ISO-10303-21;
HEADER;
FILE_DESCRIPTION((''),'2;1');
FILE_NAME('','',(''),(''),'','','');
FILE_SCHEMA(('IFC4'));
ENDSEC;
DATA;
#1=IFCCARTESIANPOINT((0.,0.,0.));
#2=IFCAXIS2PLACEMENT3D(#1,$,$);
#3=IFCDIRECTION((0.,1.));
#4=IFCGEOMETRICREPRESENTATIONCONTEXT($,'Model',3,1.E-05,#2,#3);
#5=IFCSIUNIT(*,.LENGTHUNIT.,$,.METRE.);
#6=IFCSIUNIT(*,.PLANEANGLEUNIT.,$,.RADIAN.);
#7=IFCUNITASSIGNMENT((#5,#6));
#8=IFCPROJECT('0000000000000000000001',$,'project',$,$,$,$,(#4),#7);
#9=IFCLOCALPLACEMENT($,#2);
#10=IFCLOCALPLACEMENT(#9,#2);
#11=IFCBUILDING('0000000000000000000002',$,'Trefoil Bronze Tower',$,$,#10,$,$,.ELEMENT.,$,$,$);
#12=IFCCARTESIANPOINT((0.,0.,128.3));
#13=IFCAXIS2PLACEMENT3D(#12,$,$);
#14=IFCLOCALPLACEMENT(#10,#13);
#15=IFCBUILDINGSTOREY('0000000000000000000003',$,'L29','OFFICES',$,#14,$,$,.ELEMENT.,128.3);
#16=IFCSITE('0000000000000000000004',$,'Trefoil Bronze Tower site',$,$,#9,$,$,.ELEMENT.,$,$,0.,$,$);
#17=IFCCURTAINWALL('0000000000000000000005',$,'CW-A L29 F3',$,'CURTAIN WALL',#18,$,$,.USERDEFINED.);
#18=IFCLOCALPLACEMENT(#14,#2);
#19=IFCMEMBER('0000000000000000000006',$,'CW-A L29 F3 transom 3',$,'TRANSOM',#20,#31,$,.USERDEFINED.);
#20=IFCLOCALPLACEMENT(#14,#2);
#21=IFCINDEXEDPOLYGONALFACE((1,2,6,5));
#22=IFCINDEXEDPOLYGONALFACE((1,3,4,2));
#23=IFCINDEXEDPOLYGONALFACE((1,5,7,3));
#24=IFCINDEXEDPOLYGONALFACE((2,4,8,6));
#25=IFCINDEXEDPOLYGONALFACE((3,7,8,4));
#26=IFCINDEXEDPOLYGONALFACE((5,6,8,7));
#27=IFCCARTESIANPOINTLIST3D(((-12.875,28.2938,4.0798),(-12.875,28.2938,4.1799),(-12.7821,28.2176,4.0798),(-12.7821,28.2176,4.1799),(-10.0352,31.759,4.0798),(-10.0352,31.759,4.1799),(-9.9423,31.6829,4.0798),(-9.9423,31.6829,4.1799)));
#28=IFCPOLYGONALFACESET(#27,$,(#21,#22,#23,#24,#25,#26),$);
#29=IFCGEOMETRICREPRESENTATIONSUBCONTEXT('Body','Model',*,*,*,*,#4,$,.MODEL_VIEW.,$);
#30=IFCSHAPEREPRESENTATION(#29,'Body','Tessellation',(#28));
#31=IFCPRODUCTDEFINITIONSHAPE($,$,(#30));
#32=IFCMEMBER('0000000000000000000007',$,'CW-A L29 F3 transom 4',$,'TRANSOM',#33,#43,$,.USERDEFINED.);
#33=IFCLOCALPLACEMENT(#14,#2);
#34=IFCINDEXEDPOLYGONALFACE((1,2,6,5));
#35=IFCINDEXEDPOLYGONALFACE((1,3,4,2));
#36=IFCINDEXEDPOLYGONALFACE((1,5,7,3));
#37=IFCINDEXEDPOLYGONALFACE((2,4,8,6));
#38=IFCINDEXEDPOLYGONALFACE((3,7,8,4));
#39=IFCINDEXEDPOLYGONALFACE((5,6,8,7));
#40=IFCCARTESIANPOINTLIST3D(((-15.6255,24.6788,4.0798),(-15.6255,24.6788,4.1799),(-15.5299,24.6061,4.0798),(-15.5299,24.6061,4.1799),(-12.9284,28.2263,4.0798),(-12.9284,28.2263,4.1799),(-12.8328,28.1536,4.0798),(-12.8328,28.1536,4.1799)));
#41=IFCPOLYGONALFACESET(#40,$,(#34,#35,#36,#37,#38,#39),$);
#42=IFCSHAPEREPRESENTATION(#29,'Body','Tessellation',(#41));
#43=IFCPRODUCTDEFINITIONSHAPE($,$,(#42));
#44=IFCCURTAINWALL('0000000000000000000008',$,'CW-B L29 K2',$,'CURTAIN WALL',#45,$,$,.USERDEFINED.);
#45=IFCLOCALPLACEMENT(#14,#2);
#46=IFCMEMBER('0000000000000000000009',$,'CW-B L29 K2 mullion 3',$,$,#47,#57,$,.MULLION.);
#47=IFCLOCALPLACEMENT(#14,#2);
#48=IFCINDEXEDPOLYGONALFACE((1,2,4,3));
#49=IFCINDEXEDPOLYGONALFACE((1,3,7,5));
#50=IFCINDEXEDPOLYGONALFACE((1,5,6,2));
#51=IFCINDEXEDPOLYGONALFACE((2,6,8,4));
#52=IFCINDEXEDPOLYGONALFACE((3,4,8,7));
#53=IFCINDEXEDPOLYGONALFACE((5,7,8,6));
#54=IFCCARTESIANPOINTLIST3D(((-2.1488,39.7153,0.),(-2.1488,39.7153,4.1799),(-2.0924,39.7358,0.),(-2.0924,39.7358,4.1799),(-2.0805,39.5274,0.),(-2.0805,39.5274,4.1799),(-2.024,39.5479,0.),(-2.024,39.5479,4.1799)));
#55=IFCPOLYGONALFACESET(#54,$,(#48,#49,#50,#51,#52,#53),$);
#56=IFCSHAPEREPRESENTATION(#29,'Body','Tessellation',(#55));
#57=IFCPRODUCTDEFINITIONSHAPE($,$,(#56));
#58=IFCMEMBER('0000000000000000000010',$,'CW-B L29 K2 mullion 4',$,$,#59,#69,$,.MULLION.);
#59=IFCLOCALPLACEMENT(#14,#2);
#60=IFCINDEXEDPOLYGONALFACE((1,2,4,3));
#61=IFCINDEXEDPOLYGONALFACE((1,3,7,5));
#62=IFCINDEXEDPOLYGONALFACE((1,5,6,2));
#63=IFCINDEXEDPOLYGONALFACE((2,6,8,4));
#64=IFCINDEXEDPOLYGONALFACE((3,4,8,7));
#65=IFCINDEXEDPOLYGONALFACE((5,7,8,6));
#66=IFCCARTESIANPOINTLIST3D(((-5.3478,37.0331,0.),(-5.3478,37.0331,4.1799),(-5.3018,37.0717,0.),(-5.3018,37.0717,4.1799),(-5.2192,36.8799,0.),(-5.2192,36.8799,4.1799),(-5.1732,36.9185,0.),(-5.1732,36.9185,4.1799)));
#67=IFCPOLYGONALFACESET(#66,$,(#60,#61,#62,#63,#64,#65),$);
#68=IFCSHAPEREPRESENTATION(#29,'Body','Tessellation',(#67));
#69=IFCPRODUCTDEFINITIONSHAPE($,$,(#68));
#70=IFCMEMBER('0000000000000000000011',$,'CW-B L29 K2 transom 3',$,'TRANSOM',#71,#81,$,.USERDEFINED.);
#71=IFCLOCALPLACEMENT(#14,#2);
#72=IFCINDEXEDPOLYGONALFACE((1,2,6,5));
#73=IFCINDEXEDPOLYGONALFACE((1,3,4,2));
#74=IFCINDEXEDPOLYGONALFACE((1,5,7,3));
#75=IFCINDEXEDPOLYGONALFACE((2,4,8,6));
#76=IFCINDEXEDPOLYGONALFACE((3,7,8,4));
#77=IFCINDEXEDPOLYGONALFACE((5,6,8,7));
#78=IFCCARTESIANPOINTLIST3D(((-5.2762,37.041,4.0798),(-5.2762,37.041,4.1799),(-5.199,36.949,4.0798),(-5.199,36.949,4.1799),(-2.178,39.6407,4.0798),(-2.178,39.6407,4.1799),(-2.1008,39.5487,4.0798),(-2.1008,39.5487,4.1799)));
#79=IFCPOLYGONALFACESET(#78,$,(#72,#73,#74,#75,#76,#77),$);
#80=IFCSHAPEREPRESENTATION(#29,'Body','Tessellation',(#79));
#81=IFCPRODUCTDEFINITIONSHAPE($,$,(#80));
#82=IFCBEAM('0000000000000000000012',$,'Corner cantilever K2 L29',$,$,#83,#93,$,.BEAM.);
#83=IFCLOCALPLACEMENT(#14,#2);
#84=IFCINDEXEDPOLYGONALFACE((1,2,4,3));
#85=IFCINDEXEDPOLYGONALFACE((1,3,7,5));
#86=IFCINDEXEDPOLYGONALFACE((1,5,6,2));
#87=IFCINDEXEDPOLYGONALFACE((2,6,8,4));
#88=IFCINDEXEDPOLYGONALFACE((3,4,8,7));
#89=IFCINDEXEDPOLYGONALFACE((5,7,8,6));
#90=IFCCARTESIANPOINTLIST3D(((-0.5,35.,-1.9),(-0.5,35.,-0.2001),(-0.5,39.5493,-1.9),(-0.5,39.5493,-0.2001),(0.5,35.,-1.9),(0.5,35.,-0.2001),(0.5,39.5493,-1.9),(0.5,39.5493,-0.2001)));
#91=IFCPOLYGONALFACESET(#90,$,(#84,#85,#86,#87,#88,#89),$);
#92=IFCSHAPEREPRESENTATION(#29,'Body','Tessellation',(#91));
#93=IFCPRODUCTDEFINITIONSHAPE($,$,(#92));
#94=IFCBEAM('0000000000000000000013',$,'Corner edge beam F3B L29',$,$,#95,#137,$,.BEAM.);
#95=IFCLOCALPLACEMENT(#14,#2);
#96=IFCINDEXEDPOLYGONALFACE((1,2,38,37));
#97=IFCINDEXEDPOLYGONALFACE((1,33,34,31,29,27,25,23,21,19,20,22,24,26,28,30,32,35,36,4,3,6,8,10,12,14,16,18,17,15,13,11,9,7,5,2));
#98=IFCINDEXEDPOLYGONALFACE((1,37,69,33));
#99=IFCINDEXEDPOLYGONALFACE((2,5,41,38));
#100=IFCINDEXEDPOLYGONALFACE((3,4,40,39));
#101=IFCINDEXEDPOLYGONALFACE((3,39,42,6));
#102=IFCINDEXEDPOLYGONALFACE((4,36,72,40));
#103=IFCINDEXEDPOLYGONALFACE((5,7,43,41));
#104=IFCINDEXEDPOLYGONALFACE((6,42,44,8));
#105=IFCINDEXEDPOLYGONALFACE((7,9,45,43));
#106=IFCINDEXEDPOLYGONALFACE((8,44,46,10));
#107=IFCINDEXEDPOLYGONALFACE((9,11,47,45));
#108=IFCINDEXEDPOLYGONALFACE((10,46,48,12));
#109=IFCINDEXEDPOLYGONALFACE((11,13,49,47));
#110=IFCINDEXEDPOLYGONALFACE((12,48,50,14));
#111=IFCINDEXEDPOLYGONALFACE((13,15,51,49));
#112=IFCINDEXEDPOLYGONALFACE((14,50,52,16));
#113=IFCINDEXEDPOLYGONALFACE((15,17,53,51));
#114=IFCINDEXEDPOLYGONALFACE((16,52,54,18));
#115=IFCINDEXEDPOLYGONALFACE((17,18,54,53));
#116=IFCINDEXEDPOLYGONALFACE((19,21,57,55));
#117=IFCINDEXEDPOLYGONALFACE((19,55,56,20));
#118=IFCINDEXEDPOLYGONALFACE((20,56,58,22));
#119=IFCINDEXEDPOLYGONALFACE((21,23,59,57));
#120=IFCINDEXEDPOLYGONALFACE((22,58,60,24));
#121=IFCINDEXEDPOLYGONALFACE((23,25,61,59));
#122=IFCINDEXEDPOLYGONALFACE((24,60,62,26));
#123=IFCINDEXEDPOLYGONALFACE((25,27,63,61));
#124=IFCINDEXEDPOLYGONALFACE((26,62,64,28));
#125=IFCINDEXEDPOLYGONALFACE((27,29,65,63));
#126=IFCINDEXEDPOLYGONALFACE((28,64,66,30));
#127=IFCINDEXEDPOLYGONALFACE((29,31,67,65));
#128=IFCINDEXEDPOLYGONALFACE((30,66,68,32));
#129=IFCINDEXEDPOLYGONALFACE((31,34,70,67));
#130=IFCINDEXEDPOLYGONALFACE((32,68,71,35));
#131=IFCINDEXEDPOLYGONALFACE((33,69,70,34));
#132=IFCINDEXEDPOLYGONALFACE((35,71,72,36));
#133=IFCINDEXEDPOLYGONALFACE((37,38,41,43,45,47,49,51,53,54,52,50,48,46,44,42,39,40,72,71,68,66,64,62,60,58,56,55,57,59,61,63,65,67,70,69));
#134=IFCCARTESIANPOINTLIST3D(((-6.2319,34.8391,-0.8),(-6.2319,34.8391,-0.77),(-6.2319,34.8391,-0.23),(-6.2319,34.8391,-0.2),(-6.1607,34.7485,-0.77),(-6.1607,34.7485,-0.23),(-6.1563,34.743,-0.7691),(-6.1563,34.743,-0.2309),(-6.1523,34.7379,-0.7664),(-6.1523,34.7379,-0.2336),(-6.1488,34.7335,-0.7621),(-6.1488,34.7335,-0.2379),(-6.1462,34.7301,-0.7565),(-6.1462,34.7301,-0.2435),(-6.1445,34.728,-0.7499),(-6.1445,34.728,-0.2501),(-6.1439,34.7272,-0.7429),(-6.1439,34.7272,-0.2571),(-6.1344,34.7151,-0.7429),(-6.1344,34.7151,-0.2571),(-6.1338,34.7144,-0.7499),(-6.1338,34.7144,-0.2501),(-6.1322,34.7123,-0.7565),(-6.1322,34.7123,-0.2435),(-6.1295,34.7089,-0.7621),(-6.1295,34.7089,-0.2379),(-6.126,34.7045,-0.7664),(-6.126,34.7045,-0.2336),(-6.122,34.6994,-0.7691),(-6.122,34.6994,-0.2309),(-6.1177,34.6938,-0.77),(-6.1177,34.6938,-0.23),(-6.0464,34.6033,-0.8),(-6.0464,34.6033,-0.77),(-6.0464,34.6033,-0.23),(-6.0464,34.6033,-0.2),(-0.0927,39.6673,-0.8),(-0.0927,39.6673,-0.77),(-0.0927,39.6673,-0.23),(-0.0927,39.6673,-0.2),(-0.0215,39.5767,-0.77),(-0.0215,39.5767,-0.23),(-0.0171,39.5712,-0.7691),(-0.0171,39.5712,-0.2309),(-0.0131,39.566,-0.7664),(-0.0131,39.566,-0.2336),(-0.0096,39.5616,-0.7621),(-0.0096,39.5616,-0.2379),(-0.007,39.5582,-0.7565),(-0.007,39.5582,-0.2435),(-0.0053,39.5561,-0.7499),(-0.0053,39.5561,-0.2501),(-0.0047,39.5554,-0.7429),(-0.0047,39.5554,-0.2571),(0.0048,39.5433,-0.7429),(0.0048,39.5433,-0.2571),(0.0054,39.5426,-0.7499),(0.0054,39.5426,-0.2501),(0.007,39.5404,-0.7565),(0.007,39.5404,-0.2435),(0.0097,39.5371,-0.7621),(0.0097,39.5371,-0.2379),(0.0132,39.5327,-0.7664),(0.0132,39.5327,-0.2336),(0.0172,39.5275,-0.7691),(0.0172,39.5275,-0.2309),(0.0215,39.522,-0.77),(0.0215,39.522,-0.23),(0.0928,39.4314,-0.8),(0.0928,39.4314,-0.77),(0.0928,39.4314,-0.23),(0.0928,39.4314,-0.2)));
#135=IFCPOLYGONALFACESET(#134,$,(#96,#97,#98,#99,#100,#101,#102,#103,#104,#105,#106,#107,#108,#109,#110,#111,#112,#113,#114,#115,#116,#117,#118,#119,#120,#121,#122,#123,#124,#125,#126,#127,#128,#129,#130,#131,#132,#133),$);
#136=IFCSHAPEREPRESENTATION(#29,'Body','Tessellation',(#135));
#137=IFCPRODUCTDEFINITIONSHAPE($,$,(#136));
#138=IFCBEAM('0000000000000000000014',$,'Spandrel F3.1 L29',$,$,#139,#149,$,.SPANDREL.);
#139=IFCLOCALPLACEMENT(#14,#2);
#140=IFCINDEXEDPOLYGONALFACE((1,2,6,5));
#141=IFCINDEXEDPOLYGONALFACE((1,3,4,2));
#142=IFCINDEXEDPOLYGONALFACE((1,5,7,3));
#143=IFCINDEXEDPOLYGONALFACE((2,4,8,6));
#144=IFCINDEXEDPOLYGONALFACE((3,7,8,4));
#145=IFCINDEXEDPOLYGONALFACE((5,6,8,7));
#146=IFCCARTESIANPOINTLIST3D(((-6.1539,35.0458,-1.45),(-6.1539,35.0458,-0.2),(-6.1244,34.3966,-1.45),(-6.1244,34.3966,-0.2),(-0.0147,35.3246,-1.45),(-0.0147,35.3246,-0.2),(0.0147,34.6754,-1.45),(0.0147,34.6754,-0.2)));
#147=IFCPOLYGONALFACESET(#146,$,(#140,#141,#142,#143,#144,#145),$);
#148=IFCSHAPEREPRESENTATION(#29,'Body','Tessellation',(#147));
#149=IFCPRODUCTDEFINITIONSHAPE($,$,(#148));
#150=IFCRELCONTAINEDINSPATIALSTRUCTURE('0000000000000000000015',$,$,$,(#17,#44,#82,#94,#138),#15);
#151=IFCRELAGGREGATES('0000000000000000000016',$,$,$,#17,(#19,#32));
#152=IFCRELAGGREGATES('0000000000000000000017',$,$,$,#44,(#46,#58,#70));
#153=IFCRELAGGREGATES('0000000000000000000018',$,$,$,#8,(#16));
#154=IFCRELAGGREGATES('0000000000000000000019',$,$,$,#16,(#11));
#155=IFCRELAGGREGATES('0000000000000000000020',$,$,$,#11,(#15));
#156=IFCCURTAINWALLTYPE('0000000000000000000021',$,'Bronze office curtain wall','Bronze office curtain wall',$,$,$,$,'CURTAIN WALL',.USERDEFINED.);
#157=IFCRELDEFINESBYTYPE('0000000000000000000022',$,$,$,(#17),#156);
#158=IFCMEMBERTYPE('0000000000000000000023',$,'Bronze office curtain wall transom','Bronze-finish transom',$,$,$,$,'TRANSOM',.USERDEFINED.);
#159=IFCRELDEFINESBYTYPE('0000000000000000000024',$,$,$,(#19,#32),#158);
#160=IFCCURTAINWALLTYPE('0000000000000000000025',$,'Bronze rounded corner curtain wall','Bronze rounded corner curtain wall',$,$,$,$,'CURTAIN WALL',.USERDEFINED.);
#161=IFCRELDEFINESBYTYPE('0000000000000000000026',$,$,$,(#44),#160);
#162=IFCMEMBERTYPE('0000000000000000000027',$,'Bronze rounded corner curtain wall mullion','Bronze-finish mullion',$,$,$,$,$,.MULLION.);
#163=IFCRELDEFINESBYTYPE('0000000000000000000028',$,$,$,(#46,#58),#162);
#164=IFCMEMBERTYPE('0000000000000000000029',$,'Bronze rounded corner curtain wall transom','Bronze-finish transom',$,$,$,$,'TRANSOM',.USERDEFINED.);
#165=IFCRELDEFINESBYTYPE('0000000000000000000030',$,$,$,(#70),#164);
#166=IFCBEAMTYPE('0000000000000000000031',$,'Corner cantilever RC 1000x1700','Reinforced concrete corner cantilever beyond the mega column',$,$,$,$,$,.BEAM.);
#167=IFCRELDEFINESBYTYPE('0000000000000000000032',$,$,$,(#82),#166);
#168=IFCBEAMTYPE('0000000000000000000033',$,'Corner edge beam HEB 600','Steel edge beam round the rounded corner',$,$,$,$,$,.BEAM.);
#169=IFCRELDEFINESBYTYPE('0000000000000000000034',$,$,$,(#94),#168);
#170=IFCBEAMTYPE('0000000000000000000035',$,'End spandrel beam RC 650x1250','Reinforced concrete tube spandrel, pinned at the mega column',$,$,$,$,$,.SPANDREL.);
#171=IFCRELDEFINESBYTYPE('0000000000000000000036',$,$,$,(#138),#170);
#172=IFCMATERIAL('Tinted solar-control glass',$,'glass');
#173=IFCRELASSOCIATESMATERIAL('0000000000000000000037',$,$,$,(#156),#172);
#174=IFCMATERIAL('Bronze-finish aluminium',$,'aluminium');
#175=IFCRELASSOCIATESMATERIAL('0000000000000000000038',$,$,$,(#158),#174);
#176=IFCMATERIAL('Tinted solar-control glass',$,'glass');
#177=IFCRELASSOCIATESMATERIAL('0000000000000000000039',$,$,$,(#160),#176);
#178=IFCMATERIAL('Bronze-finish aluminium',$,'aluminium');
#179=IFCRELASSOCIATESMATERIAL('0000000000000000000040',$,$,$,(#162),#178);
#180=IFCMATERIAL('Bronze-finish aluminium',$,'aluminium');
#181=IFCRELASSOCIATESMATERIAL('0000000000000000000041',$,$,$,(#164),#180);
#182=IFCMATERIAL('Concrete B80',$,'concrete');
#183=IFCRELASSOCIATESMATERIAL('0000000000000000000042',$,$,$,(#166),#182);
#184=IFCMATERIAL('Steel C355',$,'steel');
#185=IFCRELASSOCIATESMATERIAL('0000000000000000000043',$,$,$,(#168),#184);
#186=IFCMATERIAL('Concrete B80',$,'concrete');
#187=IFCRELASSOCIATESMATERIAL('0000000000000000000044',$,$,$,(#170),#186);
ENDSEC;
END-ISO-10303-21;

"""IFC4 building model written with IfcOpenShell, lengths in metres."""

from ifc_helpers import new_model, si_unit, direction, frame, origin, origin_2d, place, context, subcontext, project, spatial, rectangle, i_section, extrude, material, material_profile, profile_set, type_object, element, aggregate, save


model = new_model("IFC4")

# Units and contexts
model_context = context("Model", 3, precision=1e-05, world=origin(), true_north=direction((0.0, 1.0)))
body_context = subcontext(model_context, "Body", "Model", "MODEL_VIEW")
ifc_project = project(units=[si_unit("LENGTHUNIT", "METRE"), si_unit("PLANEANGLEUNIT", "RADIAN")], contexts=[model_context])

# Site, building, storey
site_placement = place(None, origin())
site = spatial("IfcSite", under=ifc_project, at=site_placement, Name="Trefoil Bronze Tower site", CompositionType="ELEMENT", RefElevation=0.0)
building_placement = place(site_placement, origin())
building = spatial("IfcBuilding", under=site, at=building_placement, Name="Trefoil Bronze Tower", CompositionType="ELEMENT")
storey_placement = place(building_placement, frame((0.0, 0.0, 128.3)))
storey = spatial("IfcBuildingStorey", under=building, at=storey_placement, Name="L29", Description="OFFICES", CompositionType="ELEMENT", Elevation=128.3)

# Curtain walls, members
ifc_material_1 = material(Name="Tinted solar-control glass", Category="glass")
curtain_wall_type_1 = type_object("IfcCurtainWallType", Name="Bronze office curtain wall", Description="Bronze office curtain wall", ElementType="CURTAIN WALL", PredefinedType="USERDEFINED", material=ifc_material_1)
curtain_wall_1_placement = place(storey_placement, origin())
curtain_wall_1 = element("IfcCurtainWall", 1, at=curtain_wall_1_placement, inside=storey, type_object=curtain_wall_type_1, Name="CW-A L29 F3", ObjectType="CURTAIN WALL", PredefinedType="USERDEFINED")
ifc_material_2 = material(Name="Bronze-finish aluminium", Category="aluminium")
ifc_material_profile_1 = material_profile(ifc_material_2, rectangle(XDim=0.1201, YDim=0.1001, at=origin_2d()), Name="CW-A transom")
ifc_profile_set_1 = profile_set([ifc_material_profile_1], Name="Bronze-finish aluminium")
member_type_1 = type_object("IfcMemberType", Name="Bronze office curtain wall transom", Description="Bronze-finish transom", ElementType="TRANSOM", PredefinedType="USERDEFINED", material=ifc_profile_set_1)
member_1_placement = place(storey_placement, frame((-9.9888, 31.7209, 4.1299), z_axis=(-0.633849, -0.773457, 0.0), x_axis=(0.773457, -0.633849, 0.0)))
member_1 = element("IfcMember", 2, at=member_1_placement, type_object=member_type_1, Name="CW-A L29 F3 transom 3", ObjectType="TRANSOM", PredefinedType="USERDEFINED", context=body_context, shape_type="SweptSolid", body=[
    extrude(rectangle(XDim=0.1201, YDim=0.1001, at=origin_2d()), origin(), (0.0, 0.0, 1.0), 4.4802),
])
member_2_placement = place(storey_placement, frame((-12.8806, 28.1899, 4.1299), z_axis=(-0.605229, -0.796051, 0.0), x_axis=(0.796051, -0.605229, 0.0)))
member_2 = element("IfcMember", 3, at=member_2_placement, type_object=member_type_1, Name="CW-A L29 F3 transom 4", ObjectType="TRANSOM", PredefinedType="USERDEFINED", context=body_context, shape_type="SweptSolid", body=[
    extrude(rectangle(XDim=0.1201, YDim=0.1001, at=origin_2d()), origin(), (0.0, 0.0, 1.0), 4.4563),
])
ifc_material_3 = material(Name="Tinted solar-control glass", Category="glass")
curtain_wall_type_2 = type_object("IfcCurtainWallType", Name="Bronze rounded corner curtain wall", Description="Bronze rounded corner curtain wall", ElementType="CURTAIN WALL", PredefinedType="USERDEFINED", material=ifc_material_3)
curtain_wall_2_placement = place(storey_placement, origin())
curtain_wall_2 = element("IfcCurtainWall", 4, at=curtain_wall_2_placement, inside=storey, type_object=curtain_wall_type_2, Name="CW-B L29 K2", ObjectType="CURTAIN WALL", PredefinedType="USERDEFINED")
ifc_material_4 = material(Name="Bronze-finish aluminium", Category="aluminium")
ifc_material_profile_2 = material_profile(ifc_material_4, rectangle(XDim=0.2, YDim=0.0601, at=origin_2d()), Name="CW-B mullion")
ifc_profile_set_2 = profile_set([ifc_material_profile_2], Name="Bronze-finish aluminium")
member_type_2 = type_object("IfcMemberType", Name="Bronze rounded corner curtain wall mullion", Description="Bronze-finish mullion", PredefinedType="MULLION", material=ifc_profile_set_2)
member_3_placement = place(storey_placement, frame((-2.0864, 39.6316, 0.0), z_axis=(0.0, 0.0, 1.0), x_axis=(0.34202, -0.939693, 0.0)))
member_3 = element("IfcMember", 5, at=member_3_placement, type_object=member_type_2, Name="CW-B L29 K2 mullion 3", PredefinedType="MULLION", context=body_context, shape_type="SweptSolid", body=[
    extrude(rectangle(XDim=0.2, YDim=0.0601, at=origin_2d()), origin(), (0.0, 0.0, 1.0), 4.1799),
])
member_4_placement = place(storey_placement, frame((-5.2605, 36.9758, 0.0), z_axis=(0.0, 0.0, 1.0), x_axis=(0.642788, -0.766044, 0.0)))
member_4 = element("IfcMember", 6, at=member_4_placement, type_object=member_type_2, Name="CW-B L29 K2 mullion 4", PredefinedType="MULLION", context=body_context, shape_type="SweptSolid", body=[
    extrude(rectangle(XDim=0.2, YDim=0.0601, at=origin_2d()), origin(), (0.0, 0.0, 1.0), 4.1799),
])
ifc_material_5 = material(Name="Bronze-finish aluminium", Category="aluminium")
ifc_material_profile_3 = material_profile(ifc_material_5, rectangle(XDim=0.1201, YDim=0.1001, at=origin_2d()), Name="CW-B transom")
ifc_profile_set_3 = profile_set([ifc_material_profile_3], Name="Bronze-finish aluminium")
member_type_3 = type_object("IfcMemberType", Name="Bronze rounded corner curtain wall transom", Description="Bronze-finish transom", ElementType="TRANSOM", PredefinedType="USERDEFINED", material=ifc_profile_set_3)
member_5_placement = place(storey_placement, frame((-2.1394, 39.5947, 4.1299), z_axis=(-0.76605, -0.642781, 0.0), x_axis=(0.642781, -0.76605, 0.0)))
member_5 = element("IfcMember", 7, at=member_5_placement, type_object=member_type_3, Name="CW-B L29 K2 transom 3", ObjectType="TRANSOM", PredefinedType="USERDEFINED", context=body_context, shape_type="SweptSolid", body=[
    extrude(rectangle(XDim=0.1201, YDim=0.1001, at=origin_2d()), origin(), (0.0, 0.0, 1.0), 4.0444),
])

# Beams
ifc_material_6 = material(Name="Concrete B80", Category="concrete")
ifc_material_profile_4 = material_profile(ifc_material_6, rectangle(XDim=1.0, YDim=1.7, at=origin_2d()), Name="RC 1000x1700")
ifc_profile_set_4 = profile_set([ifc_material_profile_4], Name="Concrete B80")
beam_type_1 = type_object("IfcBeamType", Name="Corner cantilever RC 1000x1700", Description="Reinforced concrete corner cantilever beyond the mega column", PredefinedType="BEAM", material=ifc_profile_set_4)
beam_1_placement = place(storey_placement, frame((0.0, 35.0, -1.05), z_axis=(0.0, 1.0, 0.0), x_axis=(-1.0, 0.0, 0.0)))
element("IfcBeam", 8, at=beam_1_placement, inside=storey, type_object=beam_type_1, Name="Corner cantilever K2 L29", PredefinedType="BEAM", context=body_context, shape_type="SweptSolid", body=[
    extrude(rectangle(XDim=1.0, YDim=1.7, at=origin_2d()), origin(), (0.0, 0.0, 1.0), 4.5493),
])
ifc_material_7 = material(Name="Steel C355", Category="steel")
ifc_material_profile_5 = material_profile(ifc_material_7, i_section(OverallWidth=0.3, OverallDepth=0.6001, WebThickness=0.0154, FlangeThickness=0.03, FilletRadius=0.0271, at=origin_2d()), Name="HEB 600")
ifc_profile_set_5 = profile_set([ifc_material_profile_5], Name="Steel C355")
beam_type_2 = type_object("IfcBeamType", Name="Corner edge beam HEB 600", Description="Steel edge beam round the rounded corner", PredefinedType="BEAM", material=ifc_profile_set_5)
beam_2_placement = place(storey_placement, frame((-6.1392, 34.7212, -0.5), z_axis=(0.786038, 0.618178, 0.0), x_axis=(-0.618178, 0.786038, 0.0)))
element("IfcBeam", 9, at=beam_2_placement, inside=storey, type_object=beam_type_2, Name="Corner edge beam F3B L29", PredefinedType="BEAM", context=body_context, shape_type="SweptSolid", body=[
    extrude(i_section(OverallWidth=0.3, OverallDepth=0.6001, WebThickness=0.0154, FlangeThickness=0.03, FilletRadius=0.0271, at=origin_2d()), origin(), (0.0, 0.0, 1.0), 7.8103),
])
ifc_material_8 = material(Name="Concrete B80", Category="concrete")
ifc_material_profile_6 = material_profile(ifc_material_8, rectangle(XDim=0.6499, YDim=1.25, at=origin_2d()), Name="RC 650x1250")
ifc_profile_set_6 = profile_set([ifc_material_profile_6], Name="Concrete B80")
beam_type_3 = type_object("IfcBeamType", Name="End spandrel beam RC 650x1250", Description="Reinforced concrete tube spandrel, pinned at the mega column", PredefinedType="SPANDREL", material=ifc_profile_set_6)
beam_3_placement = place(storey_placement, frame((0.0, 35.0, -0.825), z_axis=(-0.99897, -0.045368, 0.0), x_axis=(0.045368, -0.99897, 0.0)))
element("IfcBeam", 10, at=beam_3_placement, inside=storey, type_object=beam_type_3, Name="Spandrel F3.1 L29", PredefinedType="SPANDREL", context=body_context, shape_type="SweptSolid", body=[
    extrude(rectangle(XDim=0.6499, YDim=1.25, at=origin_2d()), origin(), (0.0, 0.0, 1.0), 6.1455),
])

aggregate(curtain_wall_1, [member_1, member_2])
aggregate(curtain_wall_2, [member_3, member_4, member_5])

save(model, "model.ifc")
